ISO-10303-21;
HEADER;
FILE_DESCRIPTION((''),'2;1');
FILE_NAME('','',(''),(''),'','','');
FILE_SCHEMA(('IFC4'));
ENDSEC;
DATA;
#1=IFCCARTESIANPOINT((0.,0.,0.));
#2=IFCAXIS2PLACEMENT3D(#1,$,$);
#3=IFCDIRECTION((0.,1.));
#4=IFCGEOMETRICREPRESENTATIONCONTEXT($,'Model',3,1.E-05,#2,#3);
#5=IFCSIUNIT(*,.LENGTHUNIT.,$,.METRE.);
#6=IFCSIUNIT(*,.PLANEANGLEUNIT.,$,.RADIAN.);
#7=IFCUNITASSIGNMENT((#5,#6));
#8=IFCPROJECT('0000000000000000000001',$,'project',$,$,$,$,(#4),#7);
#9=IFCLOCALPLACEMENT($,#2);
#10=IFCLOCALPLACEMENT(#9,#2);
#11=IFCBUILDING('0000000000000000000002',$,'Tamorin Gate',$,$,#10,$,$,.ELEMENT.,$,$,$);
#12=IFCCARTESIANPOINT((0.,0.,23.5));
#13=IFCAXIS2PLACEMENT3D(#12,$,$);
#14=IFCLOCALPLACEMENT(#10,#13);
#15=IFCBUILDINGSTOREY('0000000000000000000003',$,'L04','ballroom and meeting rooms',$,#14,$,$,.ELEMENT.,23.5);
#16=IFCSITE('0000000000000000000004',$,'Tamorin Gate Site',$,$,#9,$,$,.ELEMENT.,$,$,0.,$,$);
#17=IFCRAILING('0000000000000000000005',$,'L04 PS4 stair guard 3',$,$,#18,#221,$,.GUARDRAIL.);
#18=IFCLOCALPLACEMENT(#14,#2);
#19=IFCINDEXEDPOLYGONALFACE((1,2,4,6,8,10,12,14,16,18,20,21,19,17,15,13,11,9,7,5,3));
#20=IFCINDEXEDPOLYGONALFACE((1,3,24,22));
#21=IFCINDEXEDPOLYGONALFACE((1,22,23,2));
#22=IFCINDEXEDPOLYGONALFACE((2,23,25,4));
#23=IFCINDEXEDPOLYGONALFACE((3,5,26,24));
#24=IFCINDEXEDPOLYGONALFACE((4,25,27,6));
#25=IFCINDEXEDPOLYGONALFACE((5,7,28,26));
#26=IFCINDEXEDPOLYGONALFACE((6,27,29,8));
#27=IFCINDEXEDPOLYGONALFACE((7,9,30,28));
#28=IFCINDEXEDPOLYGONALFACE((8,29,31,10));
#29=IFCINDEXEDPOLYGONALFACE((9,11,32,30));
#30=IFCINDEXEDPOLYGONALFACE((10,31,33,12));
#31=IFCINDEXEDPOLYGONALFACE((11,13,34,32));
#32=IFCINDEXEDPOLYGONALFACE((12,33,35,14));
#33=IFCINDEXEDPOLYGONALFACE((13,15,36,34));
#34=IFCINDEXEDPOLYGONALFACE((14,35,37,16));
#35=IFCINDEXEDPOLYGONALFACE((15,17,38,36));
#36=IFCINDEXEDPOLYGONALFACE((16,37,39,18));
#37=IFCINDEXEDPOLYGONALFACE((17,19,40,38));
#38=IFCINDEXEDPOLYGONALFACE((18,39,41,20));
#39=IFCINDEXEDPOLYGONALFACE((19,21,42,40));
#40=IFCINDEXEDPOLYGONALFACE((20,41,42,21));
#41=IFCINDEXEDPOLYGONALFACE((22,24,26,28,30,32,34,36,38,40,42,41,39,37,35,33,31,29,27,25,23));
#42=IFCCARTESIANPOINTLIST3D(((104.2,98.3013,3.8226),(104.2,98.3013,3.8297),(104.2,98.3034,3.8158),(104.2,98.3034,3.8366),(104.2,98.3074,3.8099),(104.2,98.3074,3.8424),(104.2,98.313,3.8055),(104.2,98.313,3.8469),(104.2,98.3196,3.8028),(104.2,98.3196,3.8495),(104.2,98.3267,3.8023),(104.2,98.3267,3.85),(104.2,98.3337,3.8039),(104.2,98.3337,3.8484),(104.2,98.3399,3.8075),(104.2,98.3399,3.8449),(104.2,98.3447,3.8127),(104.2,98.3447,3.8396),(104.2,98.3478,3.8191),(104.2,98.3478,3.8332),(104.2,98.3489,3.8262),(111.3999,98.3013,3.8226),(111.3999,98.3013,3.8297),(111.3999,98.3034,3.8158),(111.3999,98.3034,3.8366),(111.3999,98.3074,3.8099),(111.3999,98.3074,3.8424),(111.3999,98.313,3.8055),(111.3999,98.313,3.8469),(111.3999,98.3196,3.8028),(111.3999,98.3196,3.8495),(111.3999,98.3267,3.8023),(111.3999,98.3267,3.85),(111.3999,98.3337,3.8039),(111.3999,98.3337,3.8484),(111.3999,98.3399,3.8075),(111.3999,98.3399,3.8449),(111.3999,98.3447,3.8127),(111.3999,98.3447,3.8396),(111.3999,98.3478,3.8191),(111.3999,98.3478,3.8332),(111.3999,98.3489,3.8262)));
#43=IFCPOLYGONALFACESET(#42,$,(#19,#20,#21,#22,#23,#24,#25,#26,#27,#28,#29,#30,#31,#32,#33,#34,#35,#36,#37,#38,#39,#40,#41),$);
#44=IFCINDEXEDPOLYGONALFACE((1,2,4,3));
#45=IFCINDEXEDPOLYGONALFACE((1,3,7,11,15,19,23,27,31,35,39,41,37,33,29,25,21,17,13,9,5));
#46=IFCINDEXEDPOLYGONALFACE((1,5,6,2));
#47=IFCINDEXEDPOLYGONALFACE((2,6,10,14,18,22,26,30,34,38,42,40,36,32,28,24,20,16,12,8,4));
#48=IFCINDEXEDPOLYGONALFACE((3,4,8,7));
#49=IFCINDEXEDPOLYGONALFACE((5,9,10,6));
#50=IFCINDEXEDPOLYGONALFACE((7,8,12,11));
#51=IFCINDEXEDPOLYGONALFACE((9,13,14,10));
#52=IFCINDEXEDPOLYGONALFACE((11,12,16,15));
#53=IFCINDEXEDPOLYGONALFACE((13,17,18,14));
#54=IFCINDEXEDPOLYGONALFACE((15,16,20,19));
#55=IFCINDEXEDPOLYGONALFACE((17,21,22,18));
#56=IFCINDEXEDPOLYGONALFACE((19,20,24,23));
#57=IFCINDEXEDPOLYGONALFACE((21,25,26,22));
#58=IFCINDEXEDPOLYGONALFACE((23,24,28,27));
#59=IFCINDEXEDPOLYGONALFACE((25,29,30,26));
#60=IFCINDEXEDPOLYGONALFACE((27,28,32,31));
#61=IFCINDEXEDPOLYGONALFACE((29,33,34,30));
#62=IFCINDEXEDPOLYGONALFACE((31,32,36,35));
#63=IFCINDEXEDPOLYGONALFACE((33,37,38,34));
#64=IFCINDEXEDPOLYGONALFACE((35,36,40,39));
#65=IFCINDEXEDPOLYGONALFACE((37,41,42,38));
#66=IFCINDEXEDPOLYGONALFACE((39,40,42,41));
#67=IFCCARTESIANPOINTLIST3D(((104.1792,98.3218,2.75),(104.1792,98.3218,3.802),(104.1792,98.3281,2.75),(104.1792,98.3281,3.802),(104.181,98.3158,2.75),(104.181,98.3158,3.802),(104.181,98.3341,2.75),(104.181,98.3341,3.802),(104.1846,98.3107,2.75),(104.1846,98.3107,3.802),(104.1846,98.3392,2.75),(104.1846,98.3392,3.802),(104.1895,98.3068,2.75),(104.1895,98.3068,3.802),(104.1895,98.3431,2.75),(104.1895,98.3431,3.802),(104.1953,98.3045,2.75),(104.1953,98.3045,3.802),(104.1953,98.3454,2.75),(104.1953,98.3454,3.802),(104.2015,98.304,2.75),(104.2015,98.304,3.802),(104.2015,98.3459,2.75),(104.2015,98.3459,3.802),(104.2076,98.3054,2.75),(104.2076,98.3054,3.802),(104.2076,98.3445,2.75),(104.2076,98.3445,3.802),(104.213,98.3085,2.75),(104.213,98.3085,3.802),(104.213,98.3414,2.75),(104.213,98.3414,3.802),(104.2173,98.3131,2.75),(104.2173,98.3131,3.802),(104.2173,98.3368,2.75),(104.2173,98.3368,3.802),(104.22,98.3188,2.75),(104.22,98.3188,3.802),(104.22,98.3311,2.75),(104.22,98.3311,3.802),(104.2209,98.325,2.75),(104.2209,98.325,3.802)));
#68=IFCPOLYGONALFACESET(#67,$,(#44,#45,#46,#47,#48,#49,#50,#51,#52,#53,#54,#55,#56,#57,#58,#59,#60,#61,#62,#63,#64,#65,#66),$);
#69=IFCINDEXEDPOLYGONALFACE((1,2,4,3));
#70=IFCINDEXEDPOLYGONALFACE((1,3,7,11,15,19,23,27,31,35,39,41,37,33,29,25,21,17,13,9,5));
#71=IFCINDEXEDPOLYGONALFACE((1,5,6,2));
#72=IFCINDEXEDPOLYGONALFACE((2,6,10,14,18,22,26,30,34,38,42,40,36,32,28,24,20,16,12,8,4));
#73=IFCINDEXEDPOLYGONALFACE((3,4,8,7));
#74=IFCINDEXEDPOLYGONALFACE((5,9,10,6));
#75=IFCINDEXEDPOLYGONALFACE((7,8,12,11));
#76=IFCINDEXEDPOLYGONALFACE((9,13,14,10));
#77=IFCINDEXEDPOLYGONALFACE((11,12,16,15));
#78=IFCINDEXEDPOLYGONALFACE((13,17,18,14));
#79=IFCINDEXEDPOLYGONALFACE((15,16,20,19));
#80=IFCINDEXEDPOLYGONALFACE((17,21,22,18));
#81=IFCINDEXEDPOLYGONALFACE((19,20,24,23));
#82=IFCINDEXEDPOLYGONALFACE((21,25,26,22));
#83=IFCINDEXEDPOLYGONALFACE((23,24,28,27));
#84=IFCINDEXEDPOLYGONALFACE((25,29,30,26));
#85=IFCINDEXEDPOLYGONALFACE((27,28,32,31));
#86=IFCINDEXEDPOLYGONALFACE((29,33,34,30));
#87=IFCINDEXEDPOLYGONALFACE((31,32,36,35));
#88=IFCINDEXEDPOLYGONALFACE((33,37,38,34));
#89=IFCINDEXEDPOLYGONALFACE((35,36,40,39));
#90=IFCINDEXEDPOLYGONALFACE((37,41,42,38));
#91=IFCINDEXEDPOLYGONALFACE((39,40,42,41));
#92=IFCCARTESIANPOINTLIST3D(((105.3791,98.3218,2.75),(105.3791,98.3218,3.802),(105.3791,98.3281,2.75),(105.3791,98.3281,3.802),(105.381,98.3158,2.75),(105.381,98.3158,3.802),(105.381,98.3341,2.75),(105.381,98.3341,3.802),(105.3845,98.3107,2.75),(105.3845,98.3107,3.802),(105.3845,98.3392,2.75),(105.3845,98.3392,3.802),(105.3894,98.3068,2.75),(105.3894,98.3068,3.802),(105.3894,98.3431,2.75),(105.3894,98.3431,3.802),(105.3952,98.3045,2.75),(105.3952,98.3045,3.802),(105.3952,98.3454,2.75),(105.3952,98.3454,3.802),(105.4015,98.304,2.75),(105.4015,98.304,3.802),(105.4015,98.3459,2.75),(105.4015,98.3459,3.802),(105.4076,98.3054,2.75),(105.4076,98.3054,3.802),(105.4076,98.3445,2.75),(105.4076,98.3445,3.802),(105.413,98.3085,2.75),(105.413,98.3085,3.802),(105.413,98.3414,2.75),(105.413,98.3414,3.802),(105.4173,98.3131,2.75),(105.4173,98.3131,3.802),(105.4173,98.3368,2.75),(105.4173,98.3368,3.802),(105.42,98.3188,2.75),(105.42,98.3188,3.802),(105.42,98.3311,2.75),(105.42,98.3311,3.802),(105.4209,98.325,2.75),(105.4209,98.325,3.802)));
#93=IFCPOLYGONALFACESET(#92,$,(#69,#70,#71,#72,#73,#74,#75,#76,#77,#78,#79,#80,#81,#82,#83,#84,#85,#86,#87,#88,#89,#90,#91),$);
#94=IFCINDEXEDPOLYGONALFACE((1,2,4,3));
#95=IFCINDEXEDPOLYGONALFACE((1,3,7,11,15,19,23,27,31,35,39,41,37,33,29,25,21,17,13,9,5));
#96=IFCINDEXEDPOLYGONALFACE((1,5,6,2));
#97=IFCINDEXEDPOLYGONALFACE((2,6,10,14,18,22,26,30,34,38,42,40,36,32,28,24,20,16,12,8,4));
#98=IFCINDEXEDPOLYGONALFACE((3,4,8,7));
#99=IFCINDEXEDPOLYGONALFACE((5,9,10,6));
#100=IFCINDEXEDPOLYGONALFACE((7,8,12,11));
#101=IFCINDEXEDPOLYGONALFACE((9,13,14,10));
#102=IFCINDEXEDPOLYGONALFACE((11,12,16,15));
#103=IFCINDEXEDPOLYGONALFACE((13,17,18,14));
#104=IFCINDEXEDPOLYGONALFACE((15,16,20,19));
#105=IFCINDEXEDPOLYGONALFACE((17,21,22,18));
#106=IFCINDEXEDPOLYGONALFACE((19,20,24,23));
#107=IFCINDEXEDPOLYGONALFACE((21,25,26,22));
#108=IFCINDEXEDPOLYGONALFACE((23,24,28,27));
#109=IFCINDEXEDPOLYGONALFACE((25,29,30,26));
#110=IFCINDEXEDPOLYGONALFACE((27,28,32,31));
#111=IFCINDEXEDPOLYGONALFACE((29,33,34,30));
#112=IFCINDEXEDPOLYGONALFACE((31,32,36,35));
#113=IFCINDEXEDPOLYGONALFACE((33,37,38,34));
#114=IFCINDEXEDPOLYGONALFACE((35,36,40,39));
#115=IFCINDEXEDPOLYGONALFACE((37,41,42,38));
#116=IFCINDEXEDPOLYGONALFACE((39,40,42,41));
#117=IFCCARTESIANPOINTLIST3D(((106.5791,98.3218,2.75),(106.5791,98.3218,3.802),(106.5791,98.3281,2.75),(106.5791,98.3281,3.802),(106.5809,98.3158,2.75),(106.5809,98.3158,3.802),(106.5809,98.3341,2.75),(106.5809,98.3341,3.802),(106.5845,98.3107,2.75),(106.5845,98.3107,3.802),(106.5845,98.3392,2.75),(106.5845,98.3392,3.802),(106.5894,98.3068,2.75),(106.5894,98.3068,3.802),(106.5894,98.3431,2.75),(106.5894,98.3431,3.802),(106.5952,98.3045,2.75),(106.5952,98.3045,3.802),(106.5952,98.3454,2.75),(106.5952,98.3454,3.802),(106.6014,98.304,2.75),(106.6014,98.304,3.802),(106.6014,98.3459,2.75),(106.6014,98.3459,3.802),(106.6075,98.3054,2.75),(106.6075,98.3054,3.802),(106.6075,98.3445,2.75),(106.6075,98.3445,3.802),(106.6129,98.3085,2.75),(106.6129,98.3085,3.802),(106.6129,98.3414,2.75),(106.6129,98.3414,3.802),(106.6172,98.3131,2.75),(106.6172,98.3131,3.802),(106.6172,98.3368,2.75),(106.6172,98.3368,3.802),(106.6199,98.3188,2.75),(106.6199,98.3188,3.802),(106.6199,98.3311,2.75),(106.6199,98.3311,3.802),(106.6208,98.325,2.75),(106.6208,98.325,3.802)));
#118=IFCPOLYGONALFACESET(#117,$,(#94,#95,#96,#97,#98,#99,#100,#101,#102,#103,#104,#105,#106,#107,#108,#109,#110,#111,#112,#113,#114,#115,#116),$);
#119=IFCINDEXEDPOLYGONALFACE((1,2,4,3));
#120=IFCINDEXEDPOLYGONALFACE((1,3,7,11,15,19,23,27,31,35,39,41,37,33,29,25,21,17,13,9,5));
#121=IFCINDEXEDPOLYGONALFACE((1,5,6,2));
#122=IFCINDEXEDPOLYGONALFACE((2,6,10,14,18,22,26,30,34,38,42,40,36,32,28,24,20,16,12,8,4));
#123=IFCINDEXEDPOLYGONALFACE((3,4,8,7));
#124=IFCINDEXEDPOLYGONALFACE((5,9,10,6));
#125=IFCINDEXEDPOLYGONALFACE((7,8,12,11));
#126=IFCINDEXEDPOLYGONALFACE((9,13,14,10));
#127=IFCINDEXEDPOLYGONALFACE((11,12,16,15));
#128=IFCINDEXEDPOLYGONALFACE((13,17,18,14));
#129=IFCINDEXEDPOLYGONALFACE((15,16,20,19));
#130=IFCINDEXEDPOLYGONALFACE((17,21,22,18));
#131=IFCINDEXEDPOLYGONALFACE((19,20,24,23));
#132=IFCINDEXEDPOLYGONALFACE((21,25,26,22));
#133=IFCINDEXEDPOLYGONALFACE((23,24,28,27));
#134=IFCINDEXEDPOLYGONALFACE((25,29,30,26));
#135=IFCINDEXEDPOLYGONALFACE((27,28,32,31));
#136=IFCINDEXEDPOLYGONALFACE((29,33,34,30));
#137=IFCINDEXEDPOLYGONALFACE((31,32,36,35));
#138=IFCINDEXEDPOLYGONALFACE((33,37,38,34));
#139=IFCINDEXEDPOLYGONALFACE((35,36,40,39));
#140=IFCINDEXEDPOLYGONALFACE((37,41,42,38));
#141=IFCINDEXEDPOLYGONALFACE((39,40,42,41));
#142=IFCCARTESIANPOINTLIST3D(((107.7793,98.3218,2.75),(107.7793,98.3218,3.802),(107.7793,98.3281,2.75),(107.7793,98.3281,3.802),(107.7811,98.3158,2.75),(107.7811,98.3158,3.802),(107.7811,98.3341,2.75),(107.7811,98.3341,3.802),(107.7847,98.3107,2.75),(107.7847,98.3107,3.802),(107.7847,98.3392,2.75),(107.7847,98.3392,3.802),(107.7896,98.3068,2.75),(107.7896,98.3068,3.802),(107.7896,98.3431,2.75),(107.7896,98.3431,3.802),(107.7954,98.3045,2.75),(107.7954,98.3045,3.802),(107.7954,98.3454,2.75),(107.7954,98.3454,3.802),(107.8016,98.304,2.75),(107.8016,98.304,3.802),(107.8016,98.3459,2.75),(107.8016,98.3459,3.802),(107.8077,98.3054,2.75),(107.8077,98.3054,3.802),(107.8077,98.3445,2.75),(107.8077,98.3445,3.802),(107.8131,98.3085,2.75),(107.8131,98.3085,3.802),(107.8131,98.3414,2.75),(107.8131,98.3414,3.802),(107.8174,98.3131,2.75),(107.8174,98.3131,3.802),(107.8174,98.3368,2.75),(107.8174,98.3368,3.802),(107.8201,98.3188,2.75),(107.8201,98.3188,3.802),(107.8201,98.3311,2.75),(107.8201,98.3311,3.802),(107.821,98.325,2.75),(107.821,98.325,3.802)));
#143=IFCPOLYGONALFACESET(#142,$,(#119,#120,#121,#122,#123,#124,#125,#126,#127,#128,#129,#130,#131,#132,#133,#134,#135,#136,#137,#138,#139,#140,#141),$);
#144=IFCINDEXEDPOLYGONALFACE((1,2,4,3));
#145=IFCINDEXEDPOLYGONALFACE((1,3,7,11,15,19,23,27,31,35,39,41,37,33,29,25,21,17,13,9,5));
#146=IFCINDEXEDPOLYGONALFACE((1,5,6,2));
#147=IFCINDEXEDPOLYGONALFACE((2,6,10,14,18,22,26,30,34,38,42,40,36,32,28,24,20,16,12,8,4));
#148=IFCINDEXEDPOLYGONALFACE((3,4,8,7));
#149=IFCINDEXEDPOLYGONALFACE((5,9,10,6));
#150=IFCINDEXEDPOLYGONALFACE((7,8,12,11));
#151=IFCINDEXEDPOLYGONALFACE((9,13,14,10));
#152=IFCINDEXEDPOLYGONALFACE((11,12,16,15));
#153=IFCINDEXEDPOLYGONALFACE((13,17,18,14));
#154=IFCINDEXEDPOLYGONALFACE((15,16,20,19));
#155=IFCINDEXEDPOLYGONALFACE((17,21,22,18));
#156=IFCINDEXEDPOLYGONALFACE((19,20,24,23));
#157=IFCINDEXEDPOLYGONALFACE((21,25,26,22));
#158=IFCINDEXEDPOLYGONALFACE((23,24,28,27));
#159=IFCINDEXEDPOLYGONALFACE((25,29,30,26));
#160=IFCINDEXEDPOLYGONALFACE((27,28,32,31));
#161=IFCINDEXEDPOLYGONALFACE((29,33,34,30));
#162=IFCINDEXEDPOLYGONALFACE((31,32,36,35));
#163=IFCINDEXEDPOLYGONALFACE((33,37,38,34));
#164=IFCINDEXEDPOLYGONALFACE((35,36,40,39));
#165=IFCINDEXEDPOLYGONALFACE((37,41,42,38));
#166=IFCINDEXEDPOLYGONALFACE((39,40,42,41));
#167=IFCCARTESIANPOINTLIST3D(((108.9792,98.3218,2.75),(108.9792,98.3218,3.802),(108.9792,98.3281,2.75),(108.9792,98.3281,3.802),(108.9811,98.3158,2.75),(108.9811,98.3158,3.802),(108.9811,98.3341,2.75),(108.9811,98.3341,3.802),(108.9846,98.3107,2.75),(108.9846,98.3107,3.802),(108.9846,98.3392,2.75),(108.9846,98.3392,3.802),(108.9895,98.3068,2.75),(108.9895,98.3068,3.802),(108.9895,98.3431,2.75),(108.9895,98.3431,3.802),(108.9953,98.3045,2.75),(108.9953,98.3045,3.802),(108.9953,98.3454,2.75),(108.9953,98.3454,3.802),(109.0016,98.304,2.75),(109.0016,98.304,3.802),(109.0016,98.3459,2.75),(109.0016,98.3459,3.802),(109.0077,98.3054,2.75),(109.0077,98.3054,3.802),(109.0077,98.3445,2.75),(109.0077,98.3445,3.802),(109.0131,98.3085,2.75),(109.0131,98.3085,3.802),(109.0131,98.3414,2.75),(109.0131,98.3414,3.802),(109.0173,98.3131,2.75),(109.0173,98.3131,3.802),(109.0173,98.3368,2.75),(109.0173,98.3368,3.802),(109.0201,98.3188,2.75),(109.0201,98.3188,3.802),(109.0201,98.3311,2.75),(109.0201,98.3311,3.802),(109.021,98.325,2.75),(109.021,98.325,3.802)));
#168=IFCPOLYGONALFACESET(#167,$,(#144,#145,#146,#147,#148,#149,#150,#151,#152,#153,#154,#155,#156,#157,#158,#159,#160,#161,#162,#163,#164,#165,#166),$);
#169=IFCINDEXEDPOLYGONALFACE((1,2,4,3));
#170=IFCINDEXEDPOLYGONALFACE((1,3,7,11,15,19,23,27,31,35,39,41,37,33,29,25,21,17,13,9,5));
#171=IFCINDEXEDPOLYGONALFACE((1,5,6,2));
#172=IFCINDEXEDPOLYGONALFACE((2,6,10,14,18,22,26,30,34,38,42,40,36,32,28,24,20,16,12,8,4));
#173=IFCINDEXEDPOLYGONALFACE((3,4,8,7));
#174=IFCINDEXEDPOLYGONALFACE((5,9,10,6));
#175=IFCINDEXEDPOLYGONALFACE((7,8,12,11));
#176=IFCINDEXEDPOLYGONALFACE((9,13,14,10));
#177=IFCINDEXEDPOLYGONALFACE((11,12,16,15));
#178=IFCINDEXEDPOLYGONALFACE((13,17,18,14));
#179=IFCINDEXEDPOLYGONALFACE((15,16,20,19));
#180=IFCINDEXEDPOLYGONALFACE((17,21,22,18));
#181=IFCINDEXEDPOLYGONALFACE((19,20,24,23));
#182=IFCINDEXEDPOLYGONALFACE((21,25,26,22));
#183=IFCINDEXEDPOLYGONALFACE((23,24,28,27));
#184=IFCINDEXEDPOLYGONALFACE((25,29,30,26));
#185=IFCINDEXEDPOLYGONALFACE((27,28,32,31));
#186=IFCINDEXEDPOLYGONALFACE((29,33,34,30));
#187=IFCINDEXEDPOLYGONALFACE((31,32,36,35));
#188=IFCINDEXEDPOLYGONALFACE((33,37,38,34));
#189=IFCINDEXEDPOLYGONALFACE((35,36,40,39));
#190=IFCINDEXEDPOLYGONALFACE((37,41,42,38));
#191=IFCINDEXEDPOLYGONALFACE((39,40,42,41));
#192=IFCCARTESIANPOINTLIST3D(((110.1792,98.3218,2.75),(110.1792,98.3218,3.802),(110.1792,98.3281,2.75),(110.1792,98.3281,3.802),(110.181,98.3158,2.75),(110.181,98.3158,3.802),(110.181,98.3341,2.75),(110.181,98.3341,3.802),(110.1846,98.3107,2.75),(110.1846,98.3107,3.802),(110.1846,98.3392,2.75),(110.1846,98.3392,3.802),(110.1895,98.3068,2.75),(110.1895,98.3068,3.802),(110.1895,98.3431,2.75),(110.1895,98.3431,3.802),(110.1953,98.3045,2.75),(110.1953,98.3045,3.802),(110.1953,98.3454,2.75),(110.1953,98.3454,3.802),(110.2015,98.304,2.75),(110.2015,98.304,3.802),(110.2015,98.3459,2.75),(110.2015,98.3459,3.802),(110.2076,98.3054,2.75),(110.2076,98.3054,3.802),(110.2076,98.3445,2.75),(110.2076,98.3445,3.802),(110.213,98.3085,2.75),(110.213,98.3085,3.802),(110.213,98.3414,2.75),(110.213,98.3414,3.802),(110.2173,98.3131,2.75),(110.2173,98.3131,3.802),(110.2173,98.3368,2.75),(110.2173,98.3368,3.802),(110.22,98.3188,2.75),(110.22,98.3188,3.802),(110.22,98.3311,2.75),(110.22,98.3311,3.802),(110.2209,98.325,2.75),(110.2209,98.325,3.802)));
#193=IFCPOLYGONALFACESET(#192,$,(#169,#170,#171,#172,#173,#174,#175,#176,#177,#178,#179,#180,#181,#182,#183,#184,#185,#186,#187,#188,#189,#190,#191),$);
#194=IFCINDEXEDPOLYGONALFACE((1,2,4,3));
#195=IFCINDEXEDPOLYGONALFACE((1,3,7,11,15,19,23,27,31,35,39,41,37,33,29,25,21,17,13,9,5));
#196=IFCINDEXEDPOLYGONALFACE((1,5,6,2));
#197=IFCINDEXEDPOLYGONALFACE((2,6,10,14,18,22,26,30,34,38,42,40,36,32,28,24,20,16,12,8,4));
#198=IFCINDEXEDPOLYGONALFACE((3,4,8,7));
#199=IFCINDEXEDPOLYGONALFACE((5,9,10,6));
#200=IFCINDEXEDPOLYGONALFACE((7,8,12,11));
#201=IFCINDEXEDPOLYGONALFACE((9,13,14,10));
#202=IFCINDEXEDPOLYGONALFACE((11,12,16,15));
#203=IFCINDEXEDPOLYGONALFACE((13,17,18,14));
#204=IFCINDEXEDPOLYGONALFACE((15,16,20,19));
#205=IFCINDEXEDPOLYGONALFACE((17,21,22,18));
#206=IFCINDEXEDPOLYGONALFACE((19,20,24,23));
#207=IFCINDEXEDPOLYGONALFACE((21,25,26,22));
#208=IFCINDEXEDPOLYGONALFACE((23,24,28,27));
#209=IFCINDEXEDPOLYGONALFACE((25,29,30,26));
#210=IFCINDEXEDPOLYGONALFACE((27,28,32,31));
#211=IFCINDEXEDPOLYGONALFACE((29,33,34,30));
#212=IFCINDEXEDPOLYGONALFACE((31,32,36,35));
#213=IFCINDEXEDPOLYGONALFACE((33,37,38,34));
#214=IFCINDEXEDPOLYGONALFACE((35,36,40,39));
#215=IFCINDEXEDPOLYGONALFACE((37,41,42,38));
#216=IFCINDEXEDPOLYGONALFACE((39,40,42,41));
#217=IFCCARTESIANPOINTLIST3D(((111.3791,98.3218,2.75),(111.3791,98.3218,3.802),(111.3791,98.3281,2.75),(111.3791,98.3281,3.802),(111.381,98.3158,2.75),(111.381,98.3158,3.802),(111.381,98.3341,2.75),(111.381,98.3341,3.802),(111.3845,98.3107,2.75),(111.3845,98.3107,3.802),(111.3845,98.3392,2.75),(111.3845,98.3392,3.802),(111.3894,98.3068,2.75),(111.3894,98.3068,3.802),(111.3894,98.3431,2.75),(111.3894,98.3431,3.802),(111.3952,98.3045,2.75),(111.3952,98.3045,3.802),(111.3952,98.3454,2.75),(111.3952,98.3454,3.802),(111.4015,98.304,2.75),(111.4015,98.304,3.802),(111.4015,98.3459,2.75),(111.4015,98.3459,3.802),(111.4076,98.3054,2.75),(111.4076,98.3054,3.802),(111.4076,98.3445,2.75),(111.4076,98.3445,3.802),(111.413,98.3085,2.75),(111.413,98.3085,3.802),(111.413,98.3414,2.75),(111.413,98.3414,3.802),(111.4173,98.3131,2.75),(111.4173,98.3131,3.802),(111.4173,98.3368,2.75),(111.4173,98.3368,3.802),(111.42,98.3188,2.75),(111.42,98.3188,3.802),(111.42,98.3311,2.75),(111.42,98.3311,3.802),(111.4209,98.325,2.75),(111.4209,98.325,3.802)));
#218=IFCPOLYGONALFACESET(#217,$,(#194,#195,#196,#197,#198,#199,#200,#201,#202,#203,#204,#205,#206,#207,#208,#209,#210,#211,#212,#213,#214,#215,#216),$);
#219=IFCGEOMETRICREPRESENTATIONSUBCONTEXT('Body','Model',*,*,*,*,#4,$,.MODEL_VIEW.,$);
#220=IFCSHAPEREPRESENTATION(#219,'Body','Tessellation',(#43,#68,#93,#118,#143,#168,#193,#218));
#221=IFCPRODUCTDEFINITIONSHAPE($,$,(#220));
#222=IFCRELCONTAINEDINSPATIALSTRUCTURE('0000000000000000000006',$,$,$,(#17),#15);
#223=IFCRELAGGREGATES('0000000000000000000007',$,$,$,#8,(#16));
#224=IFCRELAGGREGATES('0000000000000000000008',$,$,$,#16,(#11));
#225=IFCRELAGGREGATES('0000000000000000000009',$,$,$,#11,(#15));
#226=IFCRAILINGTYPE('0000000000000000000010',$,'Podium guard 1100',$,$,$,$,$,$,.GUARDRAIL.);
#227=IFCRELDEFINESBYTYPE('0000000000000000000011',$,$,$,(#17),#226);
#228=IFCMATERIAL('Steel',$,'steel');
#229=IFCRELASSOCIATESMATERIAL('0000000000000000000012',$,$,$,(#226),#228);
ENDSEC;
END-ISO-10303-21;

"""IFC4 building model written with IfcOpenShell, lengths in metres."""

from ifc_helpers import new_model, si_unit, direction, frame, origin, origin_2d, place, context, subcontext, project, spatial, circle, extrude, material, type_object, element, save


model = new_model("IFC4")

# Units and contexts
model_context = context("Model", 3, precision=1e-05, world=origin(), true_north=direction((0.0, 1.0)))
body_context = subcontext(model_context, "Body", "Model", "MODEL_VIEW")
ifc_project = project(units=[si_unit("LENGTHUNIT", "METRE"), si_unit("PLANEANGLEUNIT", "RADIAN")], contexts=[model_context])

# Site, building, storey
site_placement = place(None, origin())
site = spatial("IfcSite", under=ifc_project, at=site_placement, Name="Tamorin Gate Site", CompositionType="ELEMENT", RefElevation=0.0)
building_placement = place(site_placement, origin())
building = spatial("IfcBuilding", under=site, at=building_placement, Name="Tamorin Gate", CompositionType="ELEMENT")
storey_placement = place(building_placement, frame((0.0, 0.0, 23.5)))
storey = spatial("IfcBuildingStorey", under=building, at=storey_placement, Name="L04", Description="ballroom and meeting rooms", CompositionType="ELEMENT", Elevation=23.5)

# Railing
ifc_material_1 = material(Name="Steel", Category="steel")
railing_type_1 = type_object("IfcRailingType", Name="Podium guard 1100", PredefinedType="GUARDRAIL", material=ifc_material_1)
for number, where, name in (
    (1, (104.2, 98.325, 2.75), "L04 PS4 stair guard 3"),
):
    element("IfcRailing", number, at=place(storey_placement, frame(where)), inside=storey, type_object=railing_type_1, Name=name, PredefinedType="GUARDRAIL", context=body_context, shape_type="SweptSolid", body=[
        extrude(circle(Radius=0.0239, at=origin_2d()), frame((0.0, 0.0, 1.0762), z_axis=(1.0, 0.0, 0.0), x_axis=(0.0, 1.0, 0.0)), (0.0, 0.0, 1.0), 7.2),
        extrude(circle(Radius=0.021, at=origin_2d()), origin(), (0.0, 0.0, 1.0), 1.052),
        extrude(circle(Radius=0.021, at=origin_2d()), frame((1.2, 0.0, 0.0)), (0.0, 0.0, 1.0), 1.052),
        extrude(circle(Radius=0.021, at=origin_2d()), frame((2.3999, 0.0, 0.0)), (0.0, 0.0, 1.0), 1.052),
        extrude(circle(Radius=0.021, at=origin_2d()), frame((3.6001, 0.0, 0.0)), (0.0, 0.0, 1.0), 1.052),
        extrude(circle(Radius=0.021, at=origin_2d()), frame((4.8, 0.0, 0.0)), (0.0, 0.0, 1.0), 1.052),
        extrude(circle(Radius=0.021, at=origin_2d()), frame((6.0, 0.0, 0.0)), (0.0, 0.0, 1.0), 1.052),
        extrude(circle(Radius=0.021, at=origin_2d()), frame((7.2, 0.0, 0.0)), (0.0, 0.0, 1.0), 1.052),
    ])

save(model, "model.ifc")
